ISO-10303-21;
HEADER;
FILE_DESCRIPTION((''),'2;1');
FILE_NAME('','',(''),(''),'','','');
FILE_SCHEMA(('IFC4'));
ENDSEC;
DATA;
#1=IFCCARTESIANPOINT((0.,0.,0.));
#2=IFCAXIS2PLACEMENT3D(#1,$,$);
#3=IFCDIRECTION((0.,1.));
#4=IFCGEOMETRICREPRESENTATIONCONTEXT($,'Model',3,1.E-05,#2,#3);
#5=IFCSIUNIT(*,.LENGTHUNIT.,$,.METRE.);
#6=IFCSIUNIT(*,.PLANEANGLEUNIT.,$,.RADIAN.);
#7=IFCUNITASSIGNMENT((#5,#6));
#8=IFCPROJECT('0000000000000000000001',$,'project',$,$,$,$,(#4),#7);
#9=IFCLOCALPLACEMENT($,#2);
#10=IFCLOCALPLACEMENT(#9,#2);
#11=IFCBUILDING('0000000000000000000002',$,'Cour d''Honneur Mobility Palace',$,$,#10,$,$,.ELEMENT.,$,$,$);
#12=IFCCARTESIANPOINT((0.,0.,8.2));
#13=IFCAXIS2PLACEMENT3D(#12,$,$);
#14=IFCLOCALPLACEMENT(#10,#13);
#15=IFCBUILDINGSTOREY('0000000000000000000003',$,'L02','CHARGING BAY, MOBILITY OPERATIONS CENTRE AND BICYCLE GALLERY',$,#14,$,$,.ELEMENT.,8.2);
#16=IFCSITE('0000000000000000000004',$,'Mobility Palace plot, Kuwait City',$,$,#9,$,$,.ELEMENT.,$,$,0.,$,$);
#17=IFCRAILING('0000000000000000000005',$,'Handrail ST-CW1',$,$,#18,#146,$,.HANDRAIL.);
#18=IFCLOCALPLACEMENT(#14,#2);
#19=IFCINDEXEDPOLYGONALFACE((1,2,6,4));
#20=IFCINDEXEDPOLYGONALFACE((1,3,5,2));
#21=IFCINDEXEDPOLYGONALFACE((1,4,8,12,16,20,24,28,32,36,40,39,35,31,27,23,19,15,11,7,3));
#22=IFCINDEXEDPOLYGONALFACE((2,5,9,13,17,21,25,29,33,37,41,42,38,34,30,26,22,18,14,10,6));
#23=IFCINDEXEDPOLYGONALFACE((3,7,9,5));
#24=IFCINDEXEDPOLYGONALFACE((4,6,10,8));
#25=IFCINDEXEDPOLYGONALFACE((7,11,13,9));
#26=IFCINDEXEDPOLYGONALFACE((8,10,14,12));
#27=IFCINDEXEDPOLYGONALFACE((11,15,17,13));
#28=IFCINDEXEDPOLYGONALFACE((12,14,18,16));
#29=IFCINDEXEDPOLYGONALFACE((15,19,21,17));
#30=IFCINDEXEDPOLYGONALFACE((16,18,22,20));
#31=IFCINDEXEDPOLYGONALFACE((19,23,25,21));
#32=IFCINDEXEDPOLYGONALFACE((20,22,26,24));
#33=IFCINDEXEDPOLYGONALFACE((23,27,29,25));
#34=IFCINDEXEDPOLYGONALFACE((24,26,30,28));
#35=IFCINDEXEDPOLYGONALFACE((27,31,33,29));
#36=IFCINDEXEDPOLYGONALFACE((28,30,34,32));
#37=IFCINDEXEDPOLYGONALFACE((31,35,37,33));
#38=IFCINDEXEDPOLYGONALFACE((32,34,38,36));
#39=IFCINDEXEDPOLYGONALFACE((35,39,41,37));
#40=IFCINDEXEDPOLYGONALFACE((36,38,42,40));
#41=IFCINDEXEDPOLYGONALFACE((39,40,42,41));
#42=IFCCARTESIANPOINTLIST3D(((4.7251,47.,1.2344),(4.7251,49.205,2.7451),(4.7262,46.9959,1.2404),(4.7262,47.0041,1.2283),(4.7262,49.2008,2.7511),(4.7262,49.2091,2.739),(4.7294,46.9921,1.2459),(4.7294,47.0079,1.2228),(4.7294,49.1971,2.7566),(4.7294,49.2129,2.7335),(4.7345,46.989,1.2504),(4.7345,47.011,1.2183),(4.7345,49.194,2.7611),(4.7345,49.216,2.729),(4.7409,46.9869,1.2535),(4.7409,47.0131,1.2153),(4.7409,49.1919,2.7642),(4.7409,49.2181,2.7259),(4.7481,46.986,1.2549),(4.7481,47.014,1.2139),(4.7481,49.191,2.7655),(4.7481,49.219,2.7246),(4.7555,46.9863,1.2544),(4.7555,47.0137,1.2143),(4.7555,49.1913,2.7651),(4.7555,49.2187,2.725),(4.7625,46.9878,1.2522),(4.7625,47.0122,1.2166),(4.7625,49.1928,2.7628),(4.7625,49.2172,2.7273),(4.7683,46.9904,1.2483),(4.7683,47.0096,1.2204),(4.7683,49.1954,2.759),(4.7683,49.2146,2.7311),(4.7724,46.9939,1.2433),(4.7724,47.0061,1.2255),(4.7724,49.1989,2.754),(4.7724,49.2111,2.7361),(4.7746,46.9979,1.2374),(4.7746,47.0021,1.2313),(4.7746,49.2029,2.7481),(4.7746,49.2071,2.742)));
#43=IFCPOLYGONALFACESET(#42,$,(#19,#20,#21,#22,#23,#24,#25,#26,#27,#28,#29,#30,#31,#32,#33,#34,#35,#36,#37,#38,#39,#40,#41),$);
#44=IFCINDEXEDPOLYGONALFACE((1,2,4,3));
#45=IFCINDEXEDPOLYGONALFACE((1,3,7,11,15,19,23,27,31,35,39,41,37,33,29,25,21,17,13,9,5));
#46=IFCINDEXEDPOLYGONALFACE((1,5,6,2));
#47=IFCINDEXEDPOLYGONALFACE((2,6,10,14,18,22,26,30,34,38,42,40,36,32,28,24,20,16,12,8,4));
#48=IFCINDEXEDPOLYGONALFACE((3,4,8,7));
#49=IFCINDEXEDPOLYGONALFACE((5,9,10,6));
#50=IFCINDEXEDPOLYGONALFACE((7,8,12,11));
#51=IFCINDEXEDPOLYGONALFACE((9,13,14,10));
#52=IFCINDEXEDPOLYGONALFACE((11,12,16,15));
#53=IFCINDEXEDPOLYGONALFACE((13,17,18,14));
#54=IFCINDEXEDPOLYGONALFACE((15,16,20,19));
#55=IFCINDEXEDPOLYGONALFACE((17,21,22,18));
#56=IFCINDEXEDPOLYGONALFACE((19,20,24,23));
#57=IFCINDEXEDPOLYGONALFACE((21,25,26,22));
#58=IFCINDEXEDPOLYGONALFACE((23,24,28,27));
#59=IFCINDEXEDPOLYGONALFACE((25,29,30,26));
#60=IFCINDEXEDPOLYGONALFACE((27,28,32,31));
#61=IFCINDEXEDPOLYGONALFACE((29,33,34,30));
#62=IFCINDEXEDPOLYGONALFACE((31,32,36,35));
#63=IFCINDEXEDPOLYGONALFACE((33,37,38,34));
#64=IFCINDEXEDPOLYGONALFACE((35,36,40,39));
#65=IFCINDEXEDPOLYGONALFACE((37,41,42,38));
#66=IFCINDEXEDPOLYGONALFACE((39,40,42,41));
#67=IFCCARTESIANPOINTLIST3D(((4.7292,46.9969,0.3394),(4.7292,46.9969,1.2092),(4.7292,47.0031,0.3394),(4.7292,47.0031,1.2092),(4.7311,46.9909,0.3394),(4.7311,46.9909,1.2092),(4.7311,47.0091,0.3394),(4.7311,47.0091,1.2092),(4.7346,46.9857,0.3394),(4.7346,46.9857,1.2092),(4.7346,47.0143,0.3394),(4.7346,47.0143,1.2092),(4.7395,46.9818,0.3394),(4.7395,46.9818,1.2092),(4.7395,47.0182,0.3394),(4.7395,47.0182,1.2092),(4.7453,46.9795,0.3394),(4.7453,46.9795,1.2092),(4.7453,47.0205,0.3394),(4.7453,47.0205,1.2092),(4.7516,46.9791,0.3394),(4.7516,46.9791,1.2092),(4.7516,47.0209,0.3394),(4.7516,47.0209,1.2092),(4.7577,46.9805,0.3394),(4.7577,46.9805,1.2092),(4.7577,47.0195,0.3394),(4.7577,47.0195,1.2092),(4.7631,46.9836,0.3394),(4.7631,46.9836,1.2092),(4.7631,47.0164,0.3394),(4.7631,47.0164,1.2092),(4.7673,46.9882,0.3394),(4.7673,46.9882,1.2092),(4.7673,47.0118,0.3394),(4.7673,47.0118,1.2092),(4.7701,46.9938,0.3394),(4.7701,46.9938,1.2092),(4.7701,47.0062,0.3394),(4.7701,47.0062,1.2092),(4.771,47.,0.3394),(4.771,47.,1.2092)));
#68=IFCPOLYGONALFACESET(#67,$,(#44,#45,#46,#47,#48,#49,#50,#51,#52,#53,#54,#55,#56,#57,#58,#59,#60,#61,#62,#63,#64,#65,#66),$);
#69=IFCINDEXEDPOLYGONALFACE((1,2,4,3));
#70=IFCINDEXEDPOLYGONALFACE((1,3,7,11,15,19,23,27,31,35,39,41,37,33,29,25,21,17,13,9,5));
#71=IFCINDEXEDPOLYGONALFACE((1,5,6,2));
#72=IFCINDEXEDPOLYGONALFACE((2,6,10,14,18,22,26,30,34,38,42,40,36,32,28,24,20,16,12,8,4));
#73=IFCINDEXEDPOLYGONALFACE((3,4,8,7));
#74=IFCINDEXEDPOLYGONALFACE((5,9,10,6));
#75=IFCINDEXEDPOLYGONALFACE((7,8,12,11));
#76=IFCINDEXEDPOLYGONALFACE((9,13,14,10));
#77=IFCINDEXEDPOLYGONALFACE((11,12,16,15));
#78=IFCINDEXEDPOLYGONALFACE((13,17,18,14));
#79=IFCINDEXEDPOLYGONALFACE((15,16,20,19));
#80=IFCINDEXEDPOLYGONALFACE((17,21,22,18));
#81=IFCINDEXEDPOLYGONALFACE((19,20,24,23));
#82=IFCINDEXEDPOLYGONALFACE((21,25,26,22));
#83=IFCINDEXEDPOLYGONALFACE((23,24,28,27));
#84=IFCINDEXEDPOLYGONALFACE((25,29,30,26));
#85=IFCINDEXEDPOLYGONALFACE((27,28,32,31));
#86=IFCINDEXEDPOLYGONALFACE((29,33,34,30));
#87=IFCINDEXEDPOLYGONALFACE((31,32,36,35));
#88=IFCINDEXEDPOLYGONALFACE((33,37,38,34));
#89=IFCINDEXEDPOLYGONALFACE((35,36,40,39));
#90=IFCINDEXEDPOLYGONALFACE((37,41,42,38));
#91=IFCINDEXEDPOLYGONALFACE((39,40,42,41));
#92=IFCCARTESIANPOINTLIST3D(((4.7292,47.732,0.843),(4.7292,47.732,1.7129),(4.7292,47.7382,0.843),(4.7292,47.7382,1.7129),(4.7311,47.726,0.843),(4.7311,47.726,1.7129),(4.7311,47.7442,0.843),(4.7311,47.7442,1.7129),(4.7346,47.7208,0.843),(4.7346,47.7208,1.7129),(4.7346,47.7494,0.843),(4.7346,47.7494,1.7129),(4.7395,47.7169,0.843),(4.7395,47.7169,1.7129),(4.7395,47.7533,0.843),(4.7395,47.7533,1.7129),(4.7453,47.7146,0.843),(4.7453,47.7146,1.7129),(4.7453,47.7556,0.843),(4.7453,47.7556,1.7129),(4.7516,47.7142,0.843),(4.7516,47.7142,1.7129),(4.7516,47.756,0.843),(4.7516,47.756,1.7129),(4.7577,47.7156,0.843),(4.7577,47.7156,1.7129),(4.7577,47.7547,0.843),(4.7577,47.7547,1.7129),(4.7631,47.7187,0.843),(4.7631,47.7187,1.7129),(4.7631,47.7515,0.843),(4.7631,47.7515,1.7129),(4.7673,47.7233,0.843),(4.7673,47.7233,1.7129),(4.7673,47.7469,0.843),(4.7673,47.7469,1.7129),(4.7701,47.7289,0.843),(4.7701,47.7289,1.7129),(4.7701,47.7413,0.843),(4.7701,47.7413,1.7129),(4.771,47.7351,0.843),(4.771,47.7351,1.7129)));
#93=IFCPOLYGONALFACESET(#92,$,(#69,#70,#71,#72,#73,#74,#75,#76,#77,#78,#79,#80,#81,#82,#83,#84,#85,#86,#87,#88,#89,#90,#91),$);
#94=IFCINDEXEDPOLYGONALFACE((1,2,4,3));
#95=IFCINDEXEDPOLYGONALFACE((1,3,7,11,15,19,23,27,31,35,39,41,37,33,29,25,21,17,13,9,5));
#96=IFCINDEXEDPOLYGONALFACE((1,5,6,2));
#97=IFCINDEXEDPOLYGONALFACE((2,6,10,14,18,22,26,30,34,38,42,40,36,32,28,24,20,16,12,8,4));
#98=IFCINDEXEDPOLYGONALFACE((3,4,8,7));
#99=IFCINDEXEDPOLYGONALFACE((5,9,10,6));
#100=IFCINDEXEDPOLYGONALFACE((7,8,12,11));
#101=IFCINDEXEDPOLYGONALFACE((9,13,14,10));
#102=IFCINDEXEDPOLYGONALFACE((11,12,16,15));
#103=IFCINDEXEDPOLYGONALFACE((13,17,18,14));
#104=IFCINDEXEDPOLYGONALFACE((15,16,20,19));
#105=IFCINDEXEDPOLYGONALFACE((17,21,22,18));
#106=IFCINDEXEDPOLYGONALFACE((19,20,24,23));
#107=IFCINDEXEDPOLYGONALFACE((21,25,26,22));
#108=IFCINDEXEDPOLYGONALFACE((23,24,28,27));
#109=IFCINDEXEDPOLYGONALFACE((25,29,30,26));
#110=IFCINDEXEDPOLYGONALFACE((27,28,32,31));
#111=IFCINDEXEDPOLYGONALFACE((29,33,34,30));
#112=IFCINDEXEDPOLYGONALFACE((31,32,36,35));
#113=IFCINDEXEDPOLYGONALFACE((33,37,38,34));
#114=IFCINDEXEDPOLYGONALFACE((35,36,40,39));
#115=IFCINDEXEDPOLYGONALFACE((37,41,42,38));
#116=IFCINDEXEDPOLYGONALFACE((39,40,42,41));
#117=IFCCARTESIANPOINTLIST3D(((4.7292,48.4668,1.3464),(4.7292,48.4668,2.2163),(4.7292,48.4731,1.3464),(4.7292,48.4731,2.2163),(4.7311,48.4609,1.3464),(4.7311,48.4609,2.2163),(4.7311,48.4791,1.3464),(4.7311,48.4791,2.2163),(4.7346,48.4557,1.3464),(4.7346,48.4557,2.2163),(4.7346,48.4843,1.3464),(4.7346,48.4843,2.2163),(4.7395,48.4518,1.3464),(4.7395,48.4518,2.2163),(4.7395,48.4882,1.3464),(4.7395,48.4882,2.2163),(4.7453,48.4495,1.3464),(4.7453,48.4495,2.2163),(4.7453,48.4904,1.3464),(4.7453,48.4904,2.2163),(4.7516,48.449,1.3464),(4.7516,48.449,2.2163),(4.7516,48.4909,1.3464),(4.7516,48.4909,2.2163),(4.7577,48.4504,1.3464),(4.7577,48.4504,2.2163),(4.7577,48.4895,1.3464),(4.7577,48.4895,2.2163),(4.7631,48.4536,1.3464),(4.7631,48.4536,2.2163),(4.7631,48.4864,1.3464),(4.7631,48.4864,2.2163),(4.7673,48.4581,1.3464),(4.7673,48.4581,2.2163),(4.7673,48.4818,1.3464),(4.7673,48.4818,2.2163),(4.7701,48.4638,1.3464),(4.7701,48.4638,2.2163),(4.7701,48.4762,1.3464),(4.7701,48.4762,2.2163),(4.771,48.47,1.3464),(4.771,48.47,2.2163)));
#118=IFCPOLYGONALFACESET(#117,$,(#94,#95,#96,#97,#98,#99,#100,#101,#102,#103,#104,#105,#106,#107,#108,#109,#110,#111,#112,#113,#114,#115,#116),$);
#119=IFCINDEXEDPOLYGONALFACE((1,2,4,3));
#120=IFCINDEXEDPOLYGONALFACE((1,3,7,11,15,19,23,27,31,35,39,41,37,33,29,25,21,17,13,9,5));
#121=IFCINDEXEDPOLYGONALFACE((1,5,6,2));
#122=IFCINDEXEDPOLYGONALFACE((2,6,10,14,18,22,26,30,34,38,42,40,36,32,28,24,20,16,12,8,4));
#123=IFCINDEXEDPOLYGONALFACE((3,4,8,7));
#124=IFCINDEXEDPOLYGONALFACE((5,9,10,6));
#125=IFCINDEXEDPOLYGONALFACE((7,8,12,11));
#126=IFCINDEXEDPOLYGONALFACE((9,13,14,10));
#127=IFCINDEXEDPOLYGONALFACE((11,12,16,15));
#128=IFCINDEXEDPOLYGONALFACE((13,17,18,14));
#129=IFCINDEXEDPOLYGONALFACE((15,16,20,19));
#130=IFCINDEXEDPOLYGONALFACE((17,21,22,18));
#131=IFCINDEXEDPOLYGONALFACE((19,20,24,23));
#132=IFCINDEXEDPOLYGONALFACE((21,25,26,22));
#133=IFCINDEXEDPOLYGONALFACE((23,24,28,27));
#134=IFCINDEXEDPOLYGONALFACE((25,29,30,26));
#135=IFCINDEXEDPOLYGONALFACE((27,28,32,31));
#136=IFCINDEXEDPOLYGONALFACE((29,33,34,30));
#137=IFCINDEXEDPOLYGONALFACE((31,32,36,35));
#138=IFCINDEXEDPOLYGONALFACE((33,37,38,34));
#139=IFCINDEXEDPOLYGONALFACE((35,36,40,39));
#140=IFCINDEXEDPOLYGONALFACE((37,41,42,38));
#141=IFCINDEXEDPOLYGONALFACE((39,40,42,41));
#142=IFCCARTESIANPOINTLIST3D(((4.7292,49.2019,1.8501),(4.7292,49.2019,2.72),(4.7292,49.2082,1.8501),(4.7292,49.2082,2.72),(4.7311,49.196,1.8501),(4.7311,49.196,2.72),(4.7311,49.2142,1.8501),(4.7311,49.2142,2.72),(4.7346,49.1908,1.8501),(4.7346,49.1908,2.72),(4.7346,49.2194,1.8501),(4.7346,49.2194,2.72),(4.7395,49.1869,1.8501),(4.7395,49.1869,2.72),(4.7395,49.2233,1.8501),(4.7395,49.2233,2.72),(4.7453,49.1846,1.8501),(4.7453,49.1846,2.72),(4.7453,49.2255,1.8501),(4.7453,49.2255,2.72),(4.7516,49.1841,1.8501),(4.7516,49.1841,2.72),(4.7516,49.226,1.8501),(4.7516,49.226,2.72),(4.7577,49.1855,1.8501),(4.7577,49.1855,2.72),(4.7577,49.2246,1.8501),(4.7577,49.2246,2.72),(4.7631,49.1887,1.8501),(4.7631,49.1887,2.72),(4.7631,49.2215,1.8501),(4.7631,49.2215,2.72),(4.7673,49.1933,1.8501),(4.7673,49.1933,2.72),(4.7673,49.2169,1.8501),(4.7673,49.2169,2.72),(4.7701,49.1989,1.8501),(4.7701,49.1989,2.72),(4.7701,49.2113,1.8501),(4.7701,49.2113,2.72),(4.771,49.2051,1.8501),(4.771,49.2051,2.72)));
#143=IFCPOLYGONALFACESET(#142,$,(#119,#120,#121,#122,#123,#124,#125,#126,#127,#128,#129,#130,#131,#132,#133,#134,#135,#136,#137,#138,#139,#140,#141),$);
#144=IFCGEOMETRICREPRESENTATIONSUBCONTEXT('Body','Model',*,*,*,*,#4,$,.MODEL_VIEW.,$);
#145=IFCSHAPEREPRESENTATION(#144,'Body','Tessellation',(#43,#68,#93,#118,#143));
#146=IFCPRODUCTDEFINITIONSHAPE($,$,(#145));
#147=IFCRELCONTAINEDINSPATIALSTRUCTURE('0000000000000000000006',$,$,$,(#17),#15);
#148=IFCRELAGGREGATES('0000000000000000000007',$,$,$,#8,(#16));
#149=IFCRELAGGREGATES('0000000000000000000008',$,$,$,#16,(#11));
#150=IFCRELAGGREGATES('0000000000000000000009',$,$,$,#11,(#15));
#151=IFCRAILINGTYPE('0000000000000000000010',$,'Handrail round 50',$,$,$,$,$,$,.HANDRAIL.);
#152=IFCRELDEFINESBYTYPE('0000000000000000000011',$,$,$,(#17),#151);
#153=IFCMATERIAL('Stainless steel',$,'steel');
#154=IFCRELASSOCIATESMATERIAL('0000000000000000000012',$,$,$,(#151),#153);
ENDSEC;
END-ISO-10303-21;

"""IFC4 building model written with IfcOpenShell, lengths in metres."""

from ifc_helpers import new_model, si_unit, direction, frame, origin, origin_2d, place, context, subcontext, project, spatial, circle, extrude, material, type_object, element, save


model = new_model("IFC4")

# Units and contexts
model_context = context("Model", 3, precision=1e-05, world=origin(), true_north=direction((0.0, 1.0)))
body_context = subcontext(model_context, "Body", "Model", "MODEL_VIEW")
ifc_project = project(units=[si_unit("LENGTHUNIT", "METRE"), si_unit("PLANEANGLEUNIT", "RADIAN")], contexts=[model_context])

# Site, building, storey
site_placement = place(None, origin())
site = spatial("IfcSite", under=ifc_project, at=site_placement, Name="Mobility Palace plot, Kuwait City", CompositionType="ELEMENT", RefElevation=0.0)
building_placement = place(site_placement, origin())
building = spatial("IfcBuilding", under=site, at=building_placement, Name="Cour d'Honneur Mobility Palace", CompositionType="ELEMENT")
storey_placement = place(building_placement, frame((0.0, 0.0, 8.2)))
storey = spatial("IfcBuildingStorey", under=building, at=storey_placement, Name="L02", Description="CHARGING BAY, MOBILITY OPERATIONS CENTRE AND BICYCLE GALLERY", CompositionType="ELEMENT", Elevation=8.2)

# Railing
ifc_material_1 = material(Name="Stainless steel", Category="steel")
railing_type_1 = type_object("IfcRailingType", Name="Handrail round 50", PredefinedType="HANDRAIL", material=ifc_material_1)
railing_1_placement = place(storey_placement, frame((4.75, 47.0, 0.3394)))
element("IfcRailing", 1, at=railing_1_placement, inside=storey, type_object=railing_type_1, Name="Handrail ST-CW1", PredefinedType="HANDRAIL", context=body_context, shape_type="SweptSolid", body=[
    extrude(circle(Radius=0.0249, at=origin_2d()), frame((0.0, 0.0, 0.895), z_axis=(0.0, 0.824958, 0.565195), x_axis=(-1.0, 0.0, 0.0)), (0.0, 0.0, 1.0), 2.6729),
    extrude(circle(Radius=0.021, at=origin_2d()), origin(), (0.0, 0.0, 1.0), 0.8699),
    extrude(circle(Radius=0.021, at=origin_2d()), frame((0.0, 0.7351, 0.5037)), (0.0, 0.0, 1.0), 0.8699),
    extrude(circle(Radius=0.021, at=origin_2d()), frame((0.0, 1.47, 1.0071)), (0.0, 0.0, 1.0), 0.8699),
    extrude(circle(Radius=0.021, at=origin_2d()), frame((0.0, 2.2051, 1.5107)), (0.0, 0.0, 1.0), 0.8699),
])

save(model, "model.ifc")
